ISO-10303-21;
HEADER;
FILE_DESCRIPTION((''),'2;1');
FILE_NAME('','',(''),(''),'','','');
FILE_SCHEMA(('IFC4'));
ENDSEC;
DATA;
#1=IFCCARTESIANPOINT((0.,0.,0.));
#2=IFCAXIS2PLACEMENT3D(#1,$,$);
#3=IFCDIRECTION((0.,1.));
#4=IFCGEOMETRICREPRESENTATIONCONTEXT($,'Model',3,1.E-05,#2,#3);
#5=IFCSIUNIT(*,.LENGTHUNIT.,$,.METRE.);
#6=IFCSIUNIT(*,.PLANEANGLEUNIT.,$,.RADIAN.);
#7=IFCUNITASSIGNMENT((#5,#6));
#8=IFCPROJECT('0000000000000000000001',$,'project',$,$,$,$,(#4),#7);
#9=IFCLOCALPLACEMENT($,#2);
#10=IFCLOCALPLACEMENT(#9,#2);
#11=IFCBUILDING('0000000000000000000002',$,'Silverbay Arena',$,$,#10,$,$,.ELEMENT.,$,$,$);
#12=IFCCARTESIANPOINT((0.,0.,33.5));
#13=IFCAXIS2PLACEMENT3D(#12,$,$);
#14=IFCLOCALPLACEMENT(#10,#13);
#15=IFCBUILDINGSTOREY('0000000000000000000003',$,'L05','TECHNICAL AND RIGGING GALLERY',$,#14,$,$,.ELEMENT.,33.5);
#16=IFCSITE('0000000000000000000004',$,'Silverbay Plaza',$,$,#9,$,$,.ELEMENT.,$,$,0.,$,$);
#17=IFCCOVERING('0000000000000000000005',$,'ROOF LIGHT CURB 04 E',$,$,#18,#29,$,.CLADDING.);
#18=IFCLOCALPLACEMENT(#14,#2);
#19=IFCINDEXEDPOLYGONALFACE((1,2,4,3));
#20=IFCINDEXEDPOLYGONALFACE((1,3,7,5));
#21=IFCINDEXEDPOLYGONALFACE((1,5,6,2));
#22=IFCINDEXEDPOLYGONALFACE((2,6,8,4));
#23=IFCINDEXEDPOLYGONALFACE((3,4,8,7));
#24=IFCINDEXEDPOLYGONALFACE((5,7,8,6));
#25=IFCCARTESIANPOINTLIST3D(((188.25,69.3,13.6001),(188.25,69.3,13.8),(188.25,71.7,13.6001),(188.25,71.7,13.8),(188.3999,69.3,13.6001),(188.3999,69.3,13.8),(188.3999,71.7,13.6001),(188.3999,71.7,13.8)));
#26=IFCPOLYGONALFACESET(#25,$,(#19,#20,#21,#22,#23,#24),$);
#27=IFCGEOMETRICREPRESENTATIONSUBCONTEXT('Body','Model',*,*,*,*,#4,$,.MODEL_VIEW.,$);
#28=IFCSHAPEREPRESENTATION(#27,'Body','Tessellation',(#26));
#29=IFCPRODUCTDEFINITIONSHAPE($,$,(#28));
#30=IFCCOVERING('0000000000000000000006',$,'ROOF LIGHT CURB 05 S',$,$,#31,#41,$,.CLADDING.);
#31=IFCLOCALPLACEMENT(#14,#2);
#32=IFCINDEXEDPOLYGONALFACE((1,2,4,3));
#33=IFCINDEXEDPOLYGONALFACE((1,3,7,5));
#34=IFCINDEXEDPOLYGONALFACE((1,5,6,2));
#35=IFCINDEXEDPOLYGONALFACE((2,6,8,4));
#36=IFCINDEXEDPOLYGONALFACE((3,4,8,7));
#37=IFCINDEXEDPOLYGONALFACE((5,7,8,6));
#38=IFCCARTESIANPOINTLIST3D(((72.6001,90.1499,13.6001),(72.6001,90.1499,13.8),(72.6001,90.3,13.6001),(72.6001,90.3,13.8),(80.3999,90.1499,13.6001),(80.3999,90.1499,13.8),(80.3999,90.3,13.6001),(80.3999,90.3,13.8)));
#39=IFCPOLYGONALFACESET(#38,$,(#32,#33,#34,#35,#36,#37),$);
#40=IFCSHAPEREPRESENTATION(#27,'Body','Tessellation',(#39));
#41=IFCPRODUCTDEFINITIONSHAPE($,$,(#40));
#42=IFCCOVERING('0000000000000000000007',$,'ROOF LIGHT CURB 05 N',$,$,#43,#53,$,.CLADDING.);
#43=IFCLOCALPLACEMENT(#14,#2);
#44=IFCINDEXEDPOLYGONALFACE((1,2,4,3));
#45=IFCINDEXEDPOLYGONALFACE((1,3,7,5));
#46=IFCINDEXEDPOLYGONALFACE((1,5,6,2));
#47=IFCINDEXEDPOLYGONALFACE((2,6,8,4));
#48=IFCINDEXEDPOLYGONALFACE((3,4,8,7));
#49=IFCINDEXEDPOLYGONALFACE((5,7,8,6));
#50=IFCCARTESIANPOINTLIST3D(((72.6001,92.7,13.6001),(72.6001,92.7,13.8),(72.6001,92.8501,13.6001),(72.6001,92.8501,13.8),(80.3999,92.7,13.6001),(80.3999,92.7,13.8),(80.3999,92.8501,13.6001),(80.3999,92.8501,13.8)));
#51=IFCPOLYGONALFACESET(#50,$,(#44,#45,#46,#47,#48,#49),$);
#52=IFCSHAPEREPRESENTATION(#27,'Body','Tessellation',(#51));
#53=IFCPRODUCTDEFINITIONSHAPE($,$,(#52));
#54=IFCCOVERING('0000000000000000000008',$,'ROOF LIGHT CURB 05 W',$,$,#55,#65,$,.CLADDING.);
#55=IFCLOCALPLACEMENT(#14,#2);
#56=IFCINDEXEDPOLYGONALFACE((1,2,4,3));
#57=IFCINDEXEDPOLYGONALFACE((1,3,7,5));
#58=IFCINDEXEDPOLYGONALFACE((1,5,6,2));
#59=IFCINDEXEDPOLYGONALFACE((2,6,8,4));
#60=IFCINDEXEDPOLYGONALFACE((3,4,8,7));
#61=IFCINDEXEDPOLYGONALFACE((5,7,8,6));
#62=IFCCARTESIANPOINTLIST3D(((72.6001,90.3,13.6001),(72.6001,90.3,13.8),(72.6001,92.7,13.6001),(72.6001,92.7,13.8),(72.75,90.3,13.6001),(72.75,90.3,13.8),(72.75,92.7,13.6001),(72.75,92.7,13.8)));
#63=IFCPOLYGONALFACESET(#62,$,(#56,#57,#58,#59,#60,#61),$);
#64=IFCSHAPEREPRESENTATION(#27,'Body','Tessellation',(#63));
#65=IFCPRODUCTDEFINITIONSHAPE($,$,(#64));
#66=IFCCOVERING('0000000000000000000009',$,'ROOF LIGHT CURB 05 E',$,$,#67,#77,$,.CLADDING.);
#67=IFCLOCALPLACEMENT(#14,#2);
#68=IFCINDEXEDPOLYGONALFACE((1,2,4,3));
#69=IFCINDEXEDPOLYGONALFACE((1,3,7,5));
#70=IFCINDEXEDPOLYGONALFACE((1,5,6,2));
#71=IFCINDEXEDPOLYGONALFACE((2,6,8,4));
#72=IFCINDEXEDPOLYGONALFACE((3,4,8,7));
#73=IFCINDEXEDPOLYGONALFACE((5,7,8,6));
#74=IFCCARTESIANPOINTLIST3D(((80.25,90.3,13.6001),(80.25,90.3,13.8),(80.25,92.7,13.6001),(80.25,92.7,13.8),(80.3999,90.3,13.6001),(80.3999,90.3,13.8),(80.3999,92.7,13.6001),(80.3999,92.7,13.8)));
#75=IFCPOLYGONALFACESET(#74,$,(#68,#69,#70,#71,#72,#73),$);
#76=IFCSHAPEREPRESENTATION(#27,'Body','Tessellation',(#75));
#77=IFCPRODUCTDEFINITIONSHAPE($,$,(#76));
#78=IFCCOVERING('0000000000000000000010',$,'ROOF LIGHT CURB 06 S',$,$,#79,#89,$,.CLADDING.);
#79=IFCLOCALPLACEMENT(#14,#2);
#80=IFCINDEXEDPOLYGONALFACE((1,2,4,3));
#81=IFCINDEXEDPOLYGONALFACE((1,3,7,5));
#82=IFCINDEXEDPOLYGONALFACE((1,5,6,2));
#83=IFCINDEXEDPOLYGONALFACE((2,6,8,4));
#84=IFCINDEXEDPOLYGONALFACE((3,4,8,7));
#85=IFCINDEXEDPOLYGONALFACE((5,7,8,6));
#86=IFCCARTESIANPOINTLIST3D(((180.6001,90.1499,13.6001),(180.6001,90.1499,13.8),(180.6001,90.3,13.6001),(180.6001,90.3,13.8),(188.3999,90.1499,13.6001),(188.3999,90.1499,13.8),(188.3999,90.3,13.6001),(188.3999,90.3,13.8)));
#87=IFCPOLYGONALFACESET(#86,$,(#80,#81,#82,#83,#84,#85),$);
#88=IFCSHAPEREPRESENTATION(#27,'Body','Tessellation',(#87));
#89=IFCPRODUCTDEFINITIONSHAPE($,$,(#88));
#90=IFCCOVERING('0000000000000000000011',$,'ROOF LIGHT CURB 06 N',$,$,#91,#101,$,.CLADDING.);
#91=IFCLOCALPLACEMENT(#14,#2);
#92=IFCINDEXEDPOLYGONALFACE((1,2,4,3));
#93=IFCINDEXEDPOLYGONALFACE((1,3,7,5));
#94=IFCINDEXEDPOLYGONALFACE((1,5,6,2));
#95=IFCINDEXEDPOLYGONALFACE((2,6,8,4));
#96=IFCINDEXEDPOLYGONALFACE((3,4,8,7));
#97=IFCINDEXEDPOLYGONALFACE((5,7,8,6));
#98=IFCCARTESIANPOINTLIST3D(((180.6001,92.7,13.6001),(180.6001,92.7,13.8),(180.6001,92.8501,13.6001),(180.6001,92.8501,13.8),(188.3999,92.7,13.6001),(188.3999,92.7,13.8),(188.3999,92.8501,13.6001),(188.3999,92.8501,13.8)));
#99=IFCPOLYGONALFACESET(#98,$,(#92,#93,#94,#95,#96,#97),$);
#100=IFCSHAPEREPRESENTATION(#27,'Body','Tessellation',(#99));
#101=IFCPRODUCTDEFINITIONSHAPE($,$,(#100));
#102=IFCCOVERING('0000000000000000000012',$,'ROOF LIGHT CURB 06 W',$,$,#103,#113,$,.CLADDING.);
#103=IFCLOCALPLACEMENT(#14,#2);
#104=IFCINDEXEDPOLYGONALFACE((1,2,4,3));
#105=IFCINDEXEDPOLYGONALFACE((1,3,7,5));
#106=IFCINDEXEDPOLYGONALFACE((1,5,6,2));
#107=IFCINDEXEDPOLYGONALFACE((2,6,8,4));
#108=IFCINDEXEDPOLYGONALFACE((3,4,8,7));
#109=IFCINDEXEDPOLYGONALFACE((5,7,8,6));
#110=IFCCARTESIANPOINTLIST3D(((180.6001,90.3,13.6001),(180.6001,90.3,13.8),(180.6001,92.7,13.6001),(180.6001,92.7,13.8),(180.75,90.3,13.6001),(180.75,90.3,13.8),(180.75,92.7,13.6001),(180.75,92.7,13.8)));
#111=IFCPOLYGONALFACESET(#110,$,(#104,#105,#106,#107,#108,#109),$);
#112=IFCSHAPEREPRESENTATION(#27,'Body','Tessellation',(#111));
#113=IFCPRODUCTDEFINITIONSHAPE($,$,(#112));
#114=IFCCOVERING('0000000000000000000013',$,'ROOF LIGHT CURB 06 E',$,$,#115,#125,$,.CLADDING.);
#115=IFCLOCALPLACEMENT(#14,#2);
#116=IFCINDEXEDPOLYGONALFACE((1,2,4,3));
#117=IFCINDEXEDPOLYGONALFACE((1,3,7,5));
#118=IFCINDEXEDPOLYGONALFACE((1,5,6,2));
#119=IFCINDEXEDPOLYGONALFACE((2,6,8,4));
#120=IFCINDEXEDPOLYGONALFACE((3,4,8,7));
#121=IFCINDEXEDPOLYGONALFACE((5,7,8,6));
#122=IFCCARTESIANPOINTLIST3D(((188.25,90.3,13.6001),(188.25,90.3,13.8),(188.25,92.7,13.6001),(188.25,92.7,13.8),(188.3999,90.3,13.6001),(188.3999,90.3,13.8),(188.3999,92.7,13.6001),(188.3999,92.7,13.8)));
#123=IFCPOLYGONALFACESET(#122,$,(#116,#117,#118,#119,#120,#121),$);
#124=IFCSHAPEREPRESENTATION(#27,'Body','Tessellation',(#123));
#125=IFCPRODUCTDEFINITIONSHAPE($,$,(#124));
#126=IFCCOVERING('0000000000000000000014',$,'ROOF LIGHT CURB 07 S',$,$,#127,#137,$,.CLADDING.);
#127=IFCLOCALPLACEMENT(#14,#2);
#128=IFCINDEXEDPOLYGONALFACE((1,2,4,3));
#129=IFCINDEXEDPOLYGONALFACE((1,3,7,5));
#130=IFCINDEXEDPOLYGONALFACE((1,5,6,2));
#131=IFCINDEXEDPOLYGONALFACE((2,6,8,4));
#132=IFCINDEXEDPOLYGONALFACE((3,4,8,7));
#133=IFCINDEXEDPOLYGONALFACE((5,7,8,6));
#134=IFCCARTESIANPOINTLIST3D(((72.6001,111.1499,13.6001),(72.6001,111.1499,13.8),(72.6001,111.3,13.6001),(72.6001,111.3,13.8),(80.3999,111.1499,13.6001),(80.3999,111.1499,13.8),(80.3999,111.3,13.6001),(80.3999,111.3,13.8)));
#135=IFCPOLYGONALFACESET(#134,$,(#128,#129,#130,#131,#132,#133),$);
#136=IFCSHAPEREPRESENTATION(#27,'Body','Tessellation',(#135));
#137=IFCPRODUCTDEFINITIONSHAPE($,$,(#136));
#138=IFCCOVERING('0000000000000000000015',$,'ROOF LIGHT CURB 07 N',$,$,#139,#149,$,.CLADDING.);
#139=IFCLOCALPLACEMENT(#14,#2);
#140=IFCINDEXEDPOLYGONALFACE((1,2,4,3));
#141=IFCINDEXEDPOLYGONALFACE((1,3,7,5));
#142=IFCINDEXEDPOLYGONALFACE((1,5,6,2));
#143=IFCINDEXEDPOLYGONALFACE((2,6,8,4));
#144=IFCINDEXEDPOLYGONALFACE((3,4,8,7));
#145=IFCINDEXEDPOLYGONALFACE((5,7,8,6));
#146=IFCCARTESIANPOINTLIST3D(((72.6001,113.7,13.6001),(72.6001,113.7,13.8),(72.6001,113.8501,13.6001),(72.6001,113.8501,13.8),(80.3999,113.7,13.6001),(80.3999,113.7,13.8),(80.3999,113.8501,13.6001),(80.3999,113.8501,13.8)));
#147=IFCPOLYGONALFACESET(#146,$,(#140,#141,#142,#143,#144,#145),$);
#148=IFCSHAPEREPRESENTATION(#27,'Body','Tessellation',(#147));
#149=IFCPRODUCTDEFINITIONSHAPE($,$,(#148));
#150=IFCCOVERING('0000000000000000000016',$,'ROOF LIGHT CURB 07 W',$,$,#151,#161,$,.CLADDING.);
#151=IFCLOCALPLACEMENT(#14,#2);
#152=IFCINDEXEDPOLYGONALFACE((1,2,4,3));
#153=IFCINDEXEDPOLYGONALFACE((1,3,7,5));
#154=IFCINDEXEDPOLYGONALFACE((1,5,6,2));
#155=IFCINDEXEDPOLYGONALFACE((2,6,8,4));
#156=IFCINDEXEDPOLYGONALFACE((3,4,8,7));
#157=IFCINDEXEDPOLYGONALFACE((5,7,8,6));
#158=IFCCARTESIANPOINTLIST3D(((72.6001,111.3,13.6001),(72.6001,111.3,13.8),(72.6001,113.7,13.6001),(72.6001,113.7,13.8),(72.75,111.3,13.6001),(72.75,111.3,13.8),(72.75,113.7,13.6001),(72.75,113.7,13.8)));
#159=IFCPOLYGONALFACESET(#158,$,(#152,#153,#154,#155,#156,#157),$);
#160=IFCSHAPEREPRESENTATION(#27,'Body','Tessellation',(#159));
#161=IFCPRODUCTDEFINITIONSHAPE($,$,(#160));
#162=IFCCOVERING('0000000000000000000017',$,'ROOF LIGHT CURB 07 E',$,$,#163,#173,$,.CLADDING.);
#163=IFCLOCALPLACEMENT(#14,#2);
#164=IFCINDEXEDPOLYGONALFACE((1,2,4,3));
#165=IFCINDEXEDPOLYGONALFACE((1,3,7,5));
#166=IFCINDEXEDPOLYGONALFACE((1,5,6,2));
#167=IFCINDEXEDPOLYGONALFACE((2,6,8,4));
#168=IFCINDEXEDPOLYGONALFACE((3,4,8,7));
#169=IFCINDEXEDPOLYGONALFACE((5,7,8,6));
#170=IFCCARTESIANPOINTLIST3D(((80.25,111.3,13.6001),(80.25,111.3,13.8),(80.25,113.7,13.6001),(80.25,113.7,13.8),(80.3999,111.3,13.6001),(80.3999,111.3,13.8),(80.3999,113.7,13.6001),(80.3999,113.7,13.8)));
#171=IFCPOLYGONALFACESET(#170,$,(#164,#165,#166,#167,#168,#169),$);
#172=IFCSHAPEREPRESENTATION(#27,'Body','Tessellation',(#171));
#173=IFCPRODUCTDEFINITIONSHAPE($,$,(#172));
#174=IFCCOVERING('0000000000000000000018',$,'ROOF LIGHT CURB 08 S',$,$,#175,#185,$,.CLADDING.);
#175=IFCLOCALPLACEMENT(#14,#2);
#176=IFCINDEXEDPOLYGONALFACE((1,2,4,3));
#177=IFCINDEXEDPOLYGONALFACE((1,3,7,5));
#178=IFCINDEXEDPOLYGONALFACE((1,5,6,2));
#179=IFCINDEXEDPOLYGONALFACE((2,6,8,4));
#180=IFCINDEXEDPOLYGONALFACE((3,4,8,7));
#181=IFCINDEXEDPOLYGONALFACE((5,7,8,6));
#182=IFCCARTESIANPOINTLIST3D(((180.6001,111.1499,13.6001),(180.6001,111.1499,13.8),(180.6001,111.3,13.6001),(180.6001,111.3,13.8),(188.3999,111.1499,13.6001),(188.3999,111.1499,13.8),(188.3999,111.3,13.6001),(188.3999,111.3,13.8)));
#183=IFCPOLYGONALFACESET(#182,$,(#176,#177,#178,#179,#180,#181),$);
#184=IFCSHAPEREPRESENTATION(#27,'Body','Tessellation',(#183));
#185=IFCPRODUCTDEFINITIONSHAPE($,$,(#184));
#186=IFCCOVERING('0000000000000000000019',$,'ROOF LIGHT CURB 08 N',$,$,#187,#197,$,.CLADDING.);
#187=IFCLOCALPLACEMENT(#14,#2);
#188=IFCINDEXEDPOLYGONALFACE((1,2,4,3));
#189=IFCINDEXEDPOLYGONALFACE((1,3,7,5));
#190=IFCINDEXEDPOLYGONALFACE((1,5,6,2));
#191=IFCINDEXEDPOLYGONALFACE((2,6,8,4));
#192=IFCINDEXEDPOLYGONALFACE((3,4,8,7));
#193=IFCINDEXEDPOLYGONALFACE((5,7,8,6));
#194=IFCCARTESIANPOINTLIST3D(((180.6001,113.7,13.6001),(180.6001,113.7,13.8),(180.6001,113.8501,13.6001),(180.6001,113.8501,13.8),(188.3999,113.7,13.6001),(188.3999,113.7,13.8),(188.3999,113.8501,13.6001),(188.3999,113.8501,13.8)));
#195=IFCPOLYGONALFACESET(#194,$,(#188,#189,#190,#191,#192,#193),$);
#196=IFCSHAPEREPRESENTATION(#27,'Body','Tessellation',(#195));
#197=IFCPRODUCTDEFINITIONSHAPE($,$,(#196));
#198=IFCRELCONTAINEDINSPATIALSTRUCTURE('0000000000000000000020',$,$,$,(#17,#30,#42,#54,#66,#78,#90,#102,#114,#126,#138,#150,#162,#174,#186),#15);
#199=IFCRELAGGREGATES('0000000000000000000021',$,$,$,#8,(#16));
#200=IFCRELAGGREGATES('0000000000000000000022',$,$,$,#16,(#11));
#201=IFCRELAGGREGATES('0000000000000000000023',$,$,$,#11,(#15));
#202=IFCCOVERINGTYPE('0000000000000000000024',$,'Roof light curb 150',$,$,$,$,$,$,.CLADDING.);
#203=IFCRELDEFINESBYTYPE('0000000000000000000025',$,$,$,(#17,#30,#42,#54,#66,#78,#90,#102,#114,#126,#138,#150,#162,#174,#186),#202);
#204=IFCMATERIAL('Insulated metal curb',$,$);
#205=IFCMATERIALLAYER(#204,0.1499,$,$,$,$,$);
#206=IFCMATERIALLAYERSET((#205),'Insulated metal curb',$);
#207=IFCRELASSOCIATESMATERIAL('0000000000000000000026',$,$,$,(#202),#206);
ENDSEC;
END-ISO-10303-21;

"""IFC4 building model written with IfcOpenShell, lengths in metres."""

from ifc_helpers import new_model, si_unit, direction, frame, origin, place, context, subcontext, project, spatial, polyline, outline, extrude, material, layer, layer_set, type_object, element, save


model = new_model("IFC4")

# Units and contexts
model_context = context("Model", 3, precision=1e-05, world=origin(), true_north=direction((0.0, 1.0)))
body_context = subcontext(model_context, "Body", "Model", "MODEL_VIEW")
ifc_project = project(units=[si_unit("LENGTHUNIT", "METRE"), si_unit("PLANEANGLEUNIT", "RADIAN")], contexts=[model_context])

# Site, building, storey
site_placement = place(None, origin())
site = spatial("IfcSite", under=ifc_project, at=site_placement, Name="Silverbay Plaza", CompositionType="ELEMENT", RefElevation=0.0)
building_placement = place(site_placement, origin())
building = spatial("IfcBuilding", under=site, at=building_placement, Name="Silverbay Arena", CompositionType="ELEMENT")
storey_placement = place(building_placement, frame((0.0, 0.0, 33.5)))
storey = spatial("IfcBuildingStorey", under=building, at=storey_placement, Name="L05", Description="TECHNICAL AND RIGGING GALLERY", CompositionType="ELEMENT", Elevation=33.5)

# Coverings
ifc_material_1 = material(Name="Insulated metal curb")
ifc_layer_1 = layer(ifc_material_1, 0.1499)
ifc_layer_set_1 = layer_set([ifc_layer_1], Name="Insulated metal curb")
covering_type_1 = type_object("IfcCoveringType", Name="Roof light curb 150", PredefinedType="CLADDING", material=ifc_layer_set_1)
covering_1_placement = place(storey_placement, frame((0.0, 0.0, 13.6001)))
element("IfcCovering", 1, at=covering_1_placement, inside=storey, type_object=covering_type_1, Name="ROOF LIGHT CURB 04 E", PredefinedType="CLADDING", context=body_context, shape_type="SweptSolid", body=[
    extrude(outline(polyline([(188.25, 69.3), (188.3999, 69.3), (188.3999, 71.7), (188.25, 71.7), (188.25, 69.3)])), origin(), (0.0, 0.0, 1.0), 0.2),
])
covering_2_placement = place(storey_placement, frame((0.0, 0.0, 13.6001)))
element("IfcCovering", 2, at=covering_2_placement, inside=storey, type_object=covering_type_1, Name="ROOF LIGHT CURB 05 S", PredefinedType="CLADDING", context=body_context, shape_type="SweptSolid", body=[
    extrude(outline(polyline([(72.6001, 90.1499), (80.3999, 90.1499), (80.3999, 90.3), (72.6001, 90.3), (72.6001, 90.1499)])), origin(), (0.0, 0.0, 1.0), 0.2),
])
covering_3_placement = place(storey_placement, frame((0.0, 0.0, 13.6001)))
element("IfcCovering", 3, at=covering_3_placement, inside=storey, type_object=covering_type_1, Name="ROOF LIGHT CURB 05 N", PredefinedType="CLADDING", context=body_context, shape_type="SweptSolid", body=[
    extrude(outline(polyline([(72.6001, 92.7), (80.3999, 92.7), (80.3999, 92.8501), (72.6001, 92.8501), (72.6001, 92.7)])), origin(), (0.0, 0.0, 1.0), 0.2),
])
covering_4_placement = place(storey_placement, frame((0.0, 0.0, 13.6001)))
element("IfcCovering", 4, at=covering_4_placement, inside=storey, type_object=covering_type_1, Name="ROOF LIGHT CURB 05 W", PredefinedType="CLADDING", context=body_context, shape_type="SweptSolid", body=[
    extrude(outline(polyline([(72.6001, 90.3), (72.75, 90.3), (72.75, 92.7), (72.6001, 92.7), (72.6001, 90.3)])), origin(), (0.0, 0.0, 1.0), 0.2),
])
covering_5_placement = place(storey_placement, frame((0.0, 0.0, 13.6001)))
element("IfcCovering", 5, at=covering_5_placement, inside=storey, type_object=covering_type_1, Name="ROOF LIGHT CURB 05 E", PredefinedType="CLADDING", context=body_context, shape_type="SweptSolid", body=[
    extrude(outline(polyline([(80.25, 90.3), (80.3999, 90.3), (80.3999, 92.7), (80.25, 92.7), (80.25, 90.3)])), origin(), (0.0, 0.0, 1.0), 0.2),
])
covering_6_placement = place(storey_placement, frame((0.0, 0.0, 13.6001)))
element("IfcCovering", 6, at=covering_6_placement, inside=storey, type_object=covering_type_1, Name="ROOF LIGHT CURB 06 S", PredefinedType="CLADDING", context=body_context, shape_type="SweptSolid", body=[
    extrude(outline(polyline([(180.6001, 90.1499), (188.3999, 90.1499), (188.3999, 90.3), (180.6001, 90.3), (180.6001, 90.1499)])), origin(), (0.0, 0.0, 1.0), 0.2),
])
covering_7_placement = place(storey_placement, frame((0.0, 0.0, 13.6001)))
element("IfcCovering", 7, at=covering_7_placement, inside=storey, type_object=covering_type_1, Name="ROOF LIGHT CURB 06 N", PredefinedType="CLADDING", context=body_context, shape_type="SweptSolid", body=[
    extrude(outline(polyline([(180.6001, 92.7), (188.3999, 92.7), (188.3999, 92.8501), (180.6001, 92.8501), (180.6001, 92.7)])), origin(), (0.0, 0.0, 1.0), 0.2),
])
covering_8_placement = place(storey_placement, frame((0.0, 0.0, 13.6001)))
element("IfcCovering", 8, at=covering_8_placement, inside=storey, type_object=covering_type_1, Name="ROOF LIGHT CURB 06 W", PredefinedType="CLADDING", context=body_context, shape_type="SweptSolid", body=[
    extrude(outline(polyline([(180.6001, 90.3), (180.75, 90.3), (180.75, 92.7), (180.6001, 92.7), (180.6001, 90.3)])), origin(), (0.0, 0.0, 1.0), 0.2),
])
covering_9_placement = place(storey_placement, frame((0.0, 0.0, 13.6001)))
element("IfcCovering", 9, at=covering_9_placement, inside=storey, type_object=covering_type_1, Name="ROOF LIGHT CURB 06 E", PredefinedType="CLADDING", context=body_context, shape_type="SweptSolid", body=[
    extrude(outline(polyline([(188.25, 90.3), (188.3999, 90.3), (188.3999, 92.7), (188.25, 92.7), (188.25, 90.3)])), origin(), (0.0, 0.0, 1.0), 0.2),
])
covering_10_placement = place(storey_placement, frame((0.0, 0.0, 13.6001)))
element("IfcCovering", 10, at=covering_10_placement, inside=storey, type_object=covering_type_1, Name="ROOF LIGHT CURB 07 S", PredefinedType="CLADDING", context=body_context, shape_type="SweptSolid", body=[
    extrude(outline(polyline([(72.6001, 111.1499), (80.3999, 111.1499), (80.3999, 111.3), (72.6001, 111.3), (72.6001, 111.1499)])), origin(), (0.0, 0.0, 1.0), 0.2),
])
covering_11_placement = place(storey_placement, frame((0.0, 0.0, 13.6001)))
element("IfcCovering", 11, at=covering_11_placement, inside=storey, type_object=covering_type_1, Name="ROOF LIGHT CURB 07 N", PredefinedType="CLADDING", context=body_context, shape_type="SweptSolid", body=[
    extrude(outline(polyline([(72.6001, 113.7), (80.3999, 113.7), (80.3999, 113.8501), (72.6001, 113.8501), (72.6001, 113.7)])), origin(), (0.0, 0.0, 1.0), 0.2),
])
covering_12_placement = place(storey_placement, frame((0.0, 0.0, 13.6001)))
element("IfcCovering", 12, at=covering_12_placement, inside=storey, type_object=covering_type_1, Name="ROOF LIGHT CURB 07 W", PredefinedType="CLADDING", context=body_context, shape_type="SweptSolid", body=[
    extrude(outline(polyline([(72.6001, 111.3), (72.75, 111.3), (72.75, 113.7), (72.6001, 113.7), (72.6001, 111.3)])), origin(), (0.0, 0.0, 1.0), 0.2),
])
covering_13_placement = place(storey_placement, frame((0.0, 0.0, 13.6001)))
element("IfcCovering", 13, at=covering_13_placement, inside=storey, type_object=covering_type_1, Name="ROOF LIGHT CURB 07 E", PredefinedType="CLADDING", context=body_context, shape_type="SweptSolid", body=[
    extrude(outline(polyline([(80.25, 111.3), (80.3999, 111.3), (80.3999, 113.7), (80.25, 113.7), (80.25, 111.3)])), origin(), (0.0, 0.0, 1.0), 0.2),
])
covering_14_placement = place(storey_placement, frame((0.0, 0.0, 13.6001)))
element("IfcCovering", 14, at=covering_14_placement, inside=storey, type_object=covering_type_1, Name="ROOF LIGHT CURB 08 S", PredefinedType="CLADDING", context=body_context, shape_type="SweptSolid", body=[
    extrude(outline(polyline([(180.6001, 111.1499), (188.3999, 111.1499), (188.3999, 111.3), (180.6001, 111.3), (180.6001, 111.1499)])), origin(), (0.0, 0.0, 1.0), 0.2),
])
covering_15_placement = place(storey_placement, frame((0.0, 0.0, 13.6001)))
element("IfcCovering", 15, at=covering_15_placement, inside=storey, type_object=covering_type_1, Name="ROOF LIGHT CURB 08 N", PredefinedType="CLADDING", context=body_context, shape_type="SweptSolid", body=[
    extrude(outline(polyline([(180.6001, 113.7), (188.3999, 113.7), (188.3999, 113.8501), (180.6001, 113.8501), (180.6001, 113.7)])), origin(), (0.0, 0.0, 1.0), 0.2),
])

save(model, "model.ifc")
